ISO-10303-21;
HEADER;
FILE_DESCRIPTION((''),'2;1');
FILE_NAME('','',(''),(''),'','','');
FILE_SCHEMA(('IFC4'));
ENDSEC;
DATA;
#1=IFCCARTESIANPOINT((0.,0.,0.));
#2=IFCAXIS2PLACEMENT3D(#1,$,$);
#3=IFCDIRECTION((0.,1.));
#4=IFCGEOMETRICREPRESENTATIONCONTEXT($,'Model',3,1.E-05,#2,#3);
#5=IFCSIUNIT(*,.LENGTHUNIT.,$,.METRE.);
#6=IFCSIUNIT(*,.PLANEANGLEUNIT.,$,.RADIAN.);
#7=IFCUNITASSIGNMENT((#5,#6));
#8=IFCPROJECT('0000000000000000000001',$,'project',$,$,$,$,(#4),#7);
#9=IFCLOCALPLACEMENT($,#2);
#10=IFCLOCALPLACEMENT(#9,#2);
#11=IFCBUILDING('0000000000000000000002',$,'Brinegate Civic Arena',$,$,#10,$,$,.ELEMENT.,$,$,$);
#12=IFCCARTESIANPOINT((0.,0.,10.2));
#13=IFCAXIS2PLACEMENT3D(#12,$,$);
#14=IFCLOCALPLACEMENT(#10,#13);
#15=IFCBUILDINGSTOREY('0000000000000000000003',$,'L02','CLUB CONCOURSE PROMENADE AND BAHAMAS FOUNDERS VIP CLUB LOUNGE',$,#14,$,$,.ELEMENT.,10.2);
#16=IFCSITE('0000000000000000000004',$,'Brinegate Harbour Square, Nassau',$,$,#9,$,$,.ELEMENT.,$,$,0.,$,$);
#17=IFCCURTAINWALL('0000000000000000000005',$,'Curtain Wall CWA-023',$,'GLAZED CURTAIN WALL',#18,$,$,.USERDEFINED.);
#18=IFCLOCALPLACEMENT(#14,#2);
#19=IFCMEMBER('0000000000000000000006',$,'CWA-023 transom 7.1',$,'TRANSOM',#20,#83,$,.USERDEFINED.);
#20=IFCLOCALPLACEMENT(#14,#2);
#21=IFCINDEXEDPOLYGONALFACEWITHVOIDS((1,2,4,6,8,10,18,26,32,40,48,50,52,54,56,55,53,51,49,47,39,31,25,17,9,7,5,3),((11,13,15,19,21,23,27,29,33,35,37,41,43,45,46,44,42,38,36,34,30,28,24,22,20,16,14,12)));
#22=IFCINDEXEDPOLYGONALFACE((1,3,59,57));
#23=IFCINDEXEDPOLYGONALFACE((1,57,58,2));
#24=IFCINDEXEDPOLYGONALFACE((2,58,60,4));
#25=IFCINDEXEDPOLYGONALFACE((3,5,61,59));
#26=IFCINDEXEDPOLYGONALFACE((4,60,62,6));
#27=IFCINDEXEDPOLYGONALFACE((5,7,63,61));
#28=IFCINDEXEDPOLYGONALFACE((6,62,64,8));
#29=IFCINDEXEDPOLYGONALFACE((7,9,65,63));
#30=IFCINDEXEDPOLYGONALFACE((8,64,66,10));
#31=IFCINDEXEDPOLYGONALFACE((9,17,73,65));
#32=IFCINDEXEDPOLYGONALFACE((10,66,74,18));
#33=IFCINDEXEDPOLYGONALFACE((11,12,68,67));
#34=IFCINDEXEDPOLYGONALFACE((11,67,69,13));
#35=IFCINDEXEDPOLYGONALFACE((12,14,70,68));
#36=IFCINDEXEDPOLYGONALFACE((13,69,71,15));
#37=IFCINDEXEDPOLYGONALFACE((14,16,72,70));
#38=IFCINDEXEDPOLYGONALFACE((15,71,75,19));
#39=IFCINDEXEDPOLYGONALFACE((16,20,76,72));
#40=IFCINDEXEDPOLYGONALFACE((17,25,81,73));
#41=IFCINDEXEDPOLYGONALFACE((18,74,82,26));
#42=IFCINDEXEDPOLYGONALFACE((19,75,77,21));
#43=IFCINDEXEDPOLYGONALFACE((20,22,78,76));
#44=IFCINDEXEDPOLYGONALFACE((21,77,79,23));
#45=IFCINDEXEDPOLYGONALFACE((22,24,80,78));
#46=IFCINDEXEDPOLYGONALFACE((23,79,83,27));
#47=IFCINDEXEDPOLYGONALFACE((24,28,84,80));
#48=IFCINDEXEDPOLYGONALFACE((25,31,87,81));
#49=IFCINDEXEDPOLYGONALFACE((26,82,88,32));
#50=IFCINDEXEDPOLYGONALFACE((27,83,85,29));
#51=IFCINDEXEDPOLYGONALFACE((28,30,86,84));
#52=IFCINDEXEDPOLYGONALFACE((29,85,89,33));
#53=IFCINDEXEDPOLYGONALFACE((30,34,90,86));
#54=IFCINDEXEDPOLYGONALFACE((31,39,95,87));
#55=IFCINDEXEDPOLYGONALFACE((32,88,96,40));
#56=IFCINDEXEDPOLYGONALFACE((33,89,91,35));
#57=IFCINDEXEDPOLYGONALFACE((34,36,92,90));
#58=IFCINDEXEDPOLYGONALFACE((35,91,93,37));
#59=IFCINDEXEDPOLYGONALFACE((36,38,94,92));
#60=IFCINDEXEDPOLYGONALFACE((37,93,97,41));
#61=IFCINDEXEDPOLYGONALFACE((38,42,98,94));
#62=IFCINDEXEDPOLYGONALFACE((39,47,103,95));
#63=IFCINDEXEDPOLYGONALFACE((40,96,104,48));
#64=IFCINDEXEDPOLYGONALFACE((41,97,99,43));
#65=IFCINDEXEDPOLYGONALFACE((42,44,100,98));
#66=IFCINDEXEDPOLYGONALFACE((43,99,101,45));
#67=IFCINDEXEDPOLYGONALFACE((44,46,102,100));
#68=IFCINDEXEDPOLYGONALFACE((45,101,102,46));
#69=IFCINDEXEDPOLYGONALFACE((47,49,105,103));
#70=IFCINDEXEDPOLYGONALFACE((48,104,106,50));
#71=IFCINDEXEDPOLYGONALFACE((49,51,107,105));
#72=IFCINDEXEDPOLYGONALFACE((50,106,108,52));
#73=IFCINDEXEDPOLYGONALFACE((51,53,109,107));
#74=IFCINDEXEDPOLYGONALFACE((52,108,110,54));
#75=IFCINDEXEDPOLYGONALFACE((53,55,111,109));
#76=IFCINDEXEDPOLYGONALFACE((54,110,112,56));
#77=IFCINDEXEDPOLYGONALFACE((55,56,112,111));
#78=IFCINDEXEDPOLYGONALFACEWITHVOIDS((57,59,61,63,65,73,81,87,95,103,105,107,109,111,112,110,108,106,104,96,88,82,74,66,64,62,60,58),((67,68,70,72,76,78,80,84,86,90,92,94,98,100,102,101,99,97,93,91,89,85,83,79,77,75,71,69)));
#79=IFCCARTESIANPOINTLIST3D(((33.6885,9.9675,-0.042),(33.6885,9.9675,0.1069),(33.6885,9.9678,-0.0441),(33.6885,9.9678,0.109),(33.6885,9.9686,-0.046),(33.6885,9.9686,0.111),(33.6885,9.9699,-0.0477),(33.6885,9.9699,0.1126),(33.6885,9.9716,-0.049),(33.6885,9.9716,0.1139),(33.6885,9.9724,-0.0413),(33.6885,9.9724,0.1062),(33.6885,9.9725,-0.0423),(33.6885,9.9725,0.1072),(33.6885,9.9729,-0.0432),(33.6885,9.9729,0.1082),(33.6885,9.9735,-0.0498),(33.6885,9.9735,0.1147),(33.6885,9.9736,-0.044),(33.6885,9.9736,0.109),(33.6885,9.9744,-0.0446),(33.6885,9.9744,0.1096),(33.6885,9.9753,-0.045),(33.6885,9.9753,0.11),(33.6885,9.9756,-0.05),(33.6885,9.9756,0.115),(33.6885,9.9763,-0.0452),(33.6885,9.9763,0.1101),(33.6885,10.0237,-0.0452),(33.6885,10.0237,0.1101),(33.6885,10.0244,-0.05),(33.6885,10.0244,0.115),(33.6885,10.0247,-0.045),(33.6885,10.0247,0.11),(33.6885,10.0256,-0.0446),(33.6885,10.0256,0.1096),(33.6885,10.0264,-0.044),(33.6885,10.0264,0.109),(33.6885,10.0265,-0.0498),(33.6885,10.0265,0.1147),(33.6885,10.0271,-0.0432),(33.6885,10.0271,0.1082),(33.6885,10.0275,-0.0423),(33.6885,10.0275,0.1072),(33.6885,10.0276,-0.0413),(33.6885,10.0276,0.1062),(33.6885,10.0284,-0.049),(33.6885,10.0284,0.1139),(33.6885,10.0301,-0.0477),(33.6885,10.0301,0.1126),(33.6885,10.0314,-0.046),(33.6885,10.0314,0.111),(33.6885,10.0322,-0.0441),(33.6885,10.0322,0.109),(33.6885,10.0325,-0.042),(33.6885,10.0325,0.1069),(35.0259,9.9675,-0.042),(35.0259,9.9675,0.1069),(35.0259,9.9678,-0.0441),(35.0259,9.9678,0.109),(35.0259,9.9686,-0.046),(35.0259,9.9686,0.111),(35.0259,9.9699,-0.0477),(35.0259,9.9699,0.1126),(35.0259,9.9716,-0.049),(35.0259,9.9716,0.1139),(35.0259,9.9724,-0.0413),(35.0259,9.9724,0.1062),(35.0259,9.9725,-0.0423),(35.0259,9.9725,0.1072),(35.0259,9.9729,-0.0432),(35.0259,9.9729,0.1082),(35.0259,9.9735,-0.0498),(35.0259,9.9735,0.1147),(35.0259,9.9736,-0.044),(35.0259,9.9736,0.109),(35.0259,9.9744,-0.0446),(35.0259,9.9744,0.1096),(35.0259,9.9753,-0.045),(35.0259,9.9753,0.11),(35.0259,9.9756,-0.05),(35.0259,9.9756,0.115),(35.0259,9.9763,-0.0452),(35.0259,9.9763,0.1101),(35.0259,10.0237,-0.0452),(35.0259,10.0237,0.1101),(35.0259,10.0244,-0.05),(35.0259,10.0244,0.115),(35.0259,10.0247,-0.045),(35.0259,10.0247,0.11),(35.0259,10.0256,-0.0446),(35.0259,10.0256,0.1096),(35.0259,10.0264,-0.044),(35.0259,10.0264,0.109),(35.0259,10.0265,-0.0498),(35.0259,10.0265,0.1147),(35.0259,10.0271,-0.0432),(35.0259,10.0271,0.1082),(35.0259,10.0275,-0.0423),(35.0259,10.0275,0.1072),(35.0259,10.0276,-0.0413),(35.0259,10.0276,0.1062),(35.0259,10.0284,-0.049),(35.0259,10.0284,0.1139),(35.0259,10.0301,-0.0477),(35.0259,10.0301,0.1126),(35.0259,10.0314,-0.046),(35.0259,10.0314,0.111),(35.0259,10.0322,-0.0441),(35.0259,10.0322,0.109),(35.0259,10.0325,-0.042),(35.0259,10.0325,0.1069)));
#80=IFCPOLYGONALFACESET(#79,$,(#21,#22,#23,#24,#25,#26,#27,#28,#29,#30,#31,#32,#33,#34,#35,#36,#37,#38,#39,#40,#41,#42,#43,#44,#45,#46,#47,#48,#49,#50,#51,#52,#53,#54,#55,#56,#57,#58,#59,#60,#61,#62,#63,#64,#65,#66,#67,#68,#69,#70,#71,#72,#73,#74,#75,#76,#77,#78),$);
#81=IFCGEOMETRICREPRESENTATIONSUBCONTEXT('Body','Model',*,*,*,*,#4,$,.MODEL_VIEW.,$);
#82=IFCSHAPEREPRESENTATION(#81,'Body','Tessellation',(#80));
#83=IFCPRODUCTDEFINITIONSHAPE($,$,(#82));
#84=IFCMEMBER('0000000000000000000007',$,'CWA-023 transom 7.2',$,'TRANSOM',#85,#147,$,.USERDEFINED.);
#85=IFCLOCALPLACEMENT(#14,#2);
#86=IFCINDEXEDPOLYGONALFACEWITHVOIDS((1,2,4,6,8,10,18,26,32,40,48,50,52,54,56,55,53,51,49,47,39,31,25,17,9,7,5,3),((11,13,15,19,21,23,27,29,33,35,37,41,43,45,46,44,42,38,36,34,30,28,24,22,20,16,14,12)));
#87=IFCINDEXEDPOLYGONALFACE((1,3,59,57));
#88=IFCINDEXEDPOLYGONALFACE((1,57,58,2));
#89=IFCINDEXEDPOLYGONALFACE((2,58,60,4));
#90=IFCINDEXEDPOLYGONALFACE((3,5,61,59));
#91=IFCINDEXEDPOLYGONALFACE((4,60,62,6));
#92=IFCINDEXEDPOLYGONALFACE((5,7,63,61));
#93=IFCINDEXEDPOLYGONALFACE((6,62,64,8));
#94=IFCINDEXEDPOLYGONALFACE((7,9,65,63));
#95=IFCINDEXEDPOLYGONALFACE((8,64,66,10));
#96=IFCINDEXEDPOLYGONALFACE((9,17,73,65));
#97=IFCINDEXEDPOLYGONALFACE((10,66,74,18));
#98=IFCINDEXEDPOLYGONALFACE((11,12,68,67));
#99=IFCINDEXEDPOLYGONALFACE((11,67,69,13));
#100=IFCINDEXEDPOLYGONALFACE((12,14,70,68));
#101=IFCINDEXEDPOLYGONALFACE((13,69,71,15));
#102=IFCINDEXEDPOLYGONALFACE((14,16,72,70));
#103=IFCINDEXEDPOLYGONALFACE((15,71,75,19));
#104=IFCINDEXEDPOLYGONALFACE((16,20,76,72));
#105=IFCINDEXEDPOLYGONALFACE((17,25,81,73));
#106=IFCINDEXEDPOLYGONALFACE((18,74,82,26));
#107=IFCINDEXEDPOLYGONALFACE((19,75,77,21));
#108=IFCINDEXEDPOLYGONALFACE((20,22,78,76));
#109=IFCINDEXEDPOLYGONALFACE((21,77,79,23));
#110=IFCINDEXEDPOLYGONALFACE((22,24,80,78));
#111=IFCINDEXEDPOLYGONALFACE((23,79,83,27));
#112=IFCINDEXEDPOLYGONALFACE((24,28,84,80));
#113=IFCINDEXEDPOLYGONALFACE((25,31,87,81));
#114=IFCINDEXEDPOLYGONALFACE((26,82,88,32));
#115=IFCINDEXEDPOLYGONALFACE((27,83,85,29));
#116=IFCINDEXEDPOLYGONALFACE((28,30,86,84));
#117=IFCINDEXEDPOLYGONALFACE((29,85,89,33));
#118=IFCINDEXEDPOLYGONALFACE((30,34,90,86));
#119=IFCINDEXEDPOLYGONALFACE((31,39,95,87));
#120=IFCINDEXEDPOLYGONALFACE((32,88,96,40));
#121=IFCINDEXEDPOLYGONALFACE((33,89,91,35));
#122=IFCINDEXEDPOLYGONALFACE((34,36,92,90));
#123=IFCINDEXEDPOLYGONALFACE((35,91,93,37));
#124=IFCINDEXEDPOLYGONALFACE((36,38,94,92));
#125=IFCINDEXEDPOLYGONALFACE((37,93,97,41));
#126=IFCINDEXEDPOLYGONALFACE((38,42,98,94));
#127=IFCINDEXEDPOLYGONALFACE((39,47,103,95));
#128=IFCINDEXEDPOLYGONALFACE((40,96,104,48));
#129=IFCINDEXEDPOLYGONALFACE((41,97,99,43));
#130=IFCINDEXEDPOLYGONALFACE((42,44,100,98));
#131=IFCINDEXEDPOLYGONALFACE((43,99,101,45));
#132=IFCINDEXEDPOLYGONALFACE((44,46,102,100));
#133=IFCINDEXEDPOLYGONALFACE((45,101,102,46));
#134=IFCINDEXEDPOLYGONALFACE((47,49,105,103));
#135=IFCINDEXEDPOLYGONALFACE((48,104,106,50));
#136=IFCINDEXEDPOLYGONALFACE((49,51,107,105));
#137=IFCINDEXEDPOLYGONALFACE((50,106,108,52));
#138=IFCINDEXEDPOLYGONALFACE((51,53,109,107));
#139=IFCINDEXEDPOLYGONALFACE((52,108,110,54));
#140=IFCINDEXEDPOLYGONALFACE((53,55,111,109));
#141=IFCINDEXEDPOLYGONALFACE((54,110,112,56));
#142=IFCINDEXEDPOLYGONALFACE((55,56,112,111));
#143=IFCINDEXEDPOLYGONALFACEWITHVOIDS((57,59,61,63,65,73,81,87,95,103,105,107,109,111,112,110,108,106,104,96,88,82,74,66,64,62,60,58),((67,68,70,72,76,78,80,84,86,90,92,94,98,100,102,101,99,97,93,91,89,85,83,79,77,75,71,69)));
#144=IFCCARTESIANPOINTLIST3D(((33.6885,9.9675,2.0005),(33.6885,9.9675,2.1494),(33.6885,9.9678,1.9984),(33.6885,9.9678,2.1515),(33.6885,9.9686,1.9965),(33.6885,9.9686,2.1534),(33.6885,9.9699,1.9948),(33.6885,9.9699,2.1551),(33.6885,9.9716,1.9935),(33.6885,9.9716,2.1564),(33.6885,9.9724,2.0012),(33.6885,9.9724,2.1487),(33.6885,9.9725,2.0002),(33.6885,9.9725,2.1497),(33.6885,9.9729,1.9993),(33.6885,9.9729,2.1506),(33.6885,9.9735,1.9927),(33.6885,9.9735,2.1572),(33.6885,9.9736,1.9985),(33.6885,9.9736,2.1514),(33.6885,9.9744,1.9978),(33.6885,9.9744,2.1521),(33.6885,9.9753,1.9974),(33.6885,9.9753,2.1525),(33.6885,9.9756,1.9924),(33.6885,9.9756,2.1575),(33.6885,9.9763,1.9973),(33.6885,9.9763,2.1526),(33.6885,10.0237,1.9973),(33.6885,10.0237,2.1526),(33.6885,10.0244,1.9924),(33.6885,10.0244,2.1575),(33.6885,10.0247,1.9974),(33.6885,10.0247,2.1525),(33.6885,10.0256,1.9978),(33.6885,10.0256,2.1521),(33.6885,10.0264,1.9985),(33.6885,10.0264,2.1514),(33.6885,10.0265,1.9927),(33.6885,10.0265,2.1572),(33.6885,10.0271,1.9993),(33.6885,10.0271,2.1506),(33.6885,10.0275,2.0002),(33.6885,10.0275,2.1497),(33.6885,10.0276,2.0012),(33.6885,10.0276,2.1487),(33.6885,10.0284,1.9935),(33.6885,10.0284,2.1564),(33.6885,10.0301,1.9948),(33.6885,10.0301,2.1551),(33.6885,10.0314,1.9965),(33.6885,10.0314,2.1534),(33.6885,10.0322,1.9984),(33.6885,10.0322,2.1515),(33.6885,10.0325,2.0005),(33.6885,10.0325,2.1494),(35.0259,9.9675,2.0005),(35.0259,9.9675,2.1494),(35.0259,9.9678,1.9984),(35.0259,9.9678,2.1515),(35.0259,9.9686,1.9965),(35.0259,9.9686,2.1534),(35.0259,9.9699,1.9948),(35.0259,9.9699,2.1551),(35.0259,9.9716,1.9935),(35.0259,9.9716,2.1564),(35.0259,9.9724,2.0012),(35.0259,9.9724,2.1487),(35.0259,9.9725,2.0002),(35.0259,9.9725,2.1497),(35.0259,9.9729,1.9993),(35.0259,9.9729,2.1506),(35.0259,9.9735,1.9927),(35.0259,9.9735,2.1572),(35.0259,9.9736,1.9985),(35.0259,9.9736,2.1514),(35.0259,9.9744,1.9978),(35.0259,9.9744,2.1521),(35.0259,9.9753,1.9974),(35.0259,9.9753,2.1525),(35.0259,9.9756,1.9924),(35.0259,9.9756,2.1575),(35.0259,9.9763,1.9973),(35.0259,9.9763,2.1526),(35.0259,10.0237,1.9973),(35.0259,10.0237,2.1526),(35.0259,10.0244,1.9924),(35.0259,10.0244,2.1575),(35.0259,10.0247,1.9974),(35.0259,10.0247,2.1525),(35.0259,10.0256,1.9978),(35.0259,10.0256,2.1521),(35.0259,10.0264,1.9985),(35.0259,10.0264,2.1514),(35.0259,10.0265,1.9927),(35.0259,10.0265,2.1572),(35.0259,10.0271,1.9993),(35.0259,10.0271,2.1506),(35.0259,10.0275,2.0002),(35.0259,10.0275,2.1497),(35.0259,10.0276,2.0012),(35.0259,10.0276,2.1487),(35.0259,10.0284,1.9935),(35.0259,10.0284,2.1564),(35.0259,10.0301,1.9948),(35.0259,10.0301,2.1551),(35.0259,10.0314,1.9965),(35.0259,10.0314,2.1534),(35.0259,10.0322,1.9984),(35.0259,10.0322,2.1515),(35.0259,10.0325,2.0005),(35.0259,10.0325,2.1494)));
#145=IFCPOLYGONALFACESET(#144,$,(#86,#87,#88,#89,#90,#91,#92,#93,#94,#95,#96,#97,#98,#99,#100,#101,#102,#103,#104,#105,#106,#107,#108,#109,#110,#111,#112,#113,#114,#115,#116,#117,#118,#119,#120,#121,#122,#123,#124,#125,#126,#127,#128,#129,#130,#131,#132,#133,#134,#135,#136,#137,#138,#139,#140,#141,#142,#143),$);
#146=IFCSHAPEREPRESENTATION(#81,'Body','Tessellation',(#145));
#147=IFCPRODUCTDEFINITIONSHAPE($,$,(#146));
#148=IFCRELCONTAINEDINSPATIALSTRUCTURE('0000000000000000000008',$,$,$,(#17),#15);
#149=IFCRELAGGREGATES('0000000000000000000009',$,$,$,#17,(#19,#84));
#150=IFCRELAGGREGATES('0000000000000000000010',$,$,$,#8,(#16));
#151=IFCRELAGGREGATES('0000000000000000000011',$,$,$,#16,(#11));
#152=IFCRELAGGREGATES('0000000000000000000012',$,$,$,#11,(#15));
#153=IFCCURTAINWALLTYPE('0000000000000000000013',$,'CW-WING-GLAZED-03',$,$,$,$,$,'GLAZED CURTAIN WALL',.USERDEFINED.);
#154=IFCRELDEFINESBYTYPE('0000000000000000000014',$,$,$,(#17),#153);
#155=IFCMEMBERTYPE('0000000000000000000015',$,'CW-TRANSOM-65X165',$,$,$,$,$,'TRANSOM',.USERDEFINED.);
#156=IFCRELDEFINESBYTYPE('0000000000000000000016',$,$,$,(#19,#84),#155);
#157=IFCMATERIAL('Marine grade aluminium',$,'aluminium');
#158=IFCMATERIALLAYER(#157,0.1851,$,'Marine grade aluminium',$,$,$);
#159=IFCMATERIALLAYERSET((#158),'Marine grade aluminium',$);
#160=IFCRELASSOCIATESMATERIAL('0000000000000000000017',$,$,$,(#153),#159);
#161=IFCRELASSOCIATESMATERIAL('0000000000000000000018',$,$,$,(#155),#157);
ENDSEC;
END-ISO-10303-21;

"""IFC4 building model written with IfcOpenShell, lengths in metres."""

from ifc_helpers import new_model, si_unit, direction, frame, origin, origin_2d, place, context, subcontext, project, spatial, hollow_rectangle, extrude, material, layer, layer_set, material_profile, profile_set, type_object, element, aggregate, save


model = new_model("IFC4")

# Units and contexts
model_context = context("Model", 3, precision=1e-05, world=origin(), true_north=direction((0.0, 1.0)))
body_context = subcontext(model_context, "Body", "Model", "MODEL_VIEW")
ifc_project = project(units=[si_unit("LENGTHUNIT", "METRE"), si_unit("PLANEANGLEUNIT", "RADIAN")], contexts=[model_context])

# Site, building, storey
site_placement = place(None, origin())
site = spatial("IfcSite", under=ifc_project, at=site_placement, Name="Brinegate Harbour Square, Nassau", CompositionType="ELEMENT", RefElevation=0.0)
building_placement = place(site_placement, origin())
building = spatial("IfcBuilding", under=site, at=building_placement, Name="Brinegate Civic Arena", CompositionType="ELEMENT")
storey_placement = place(building_placement, frame((0.0, 0.0, 10.2)))
storey = spatial("IfcBuildingStorey", under=building, at=storey_placement, Name="L02", Description="CLUB CONCOURSE PROMENADE AND BAHAMAS FOUNDERS VIP CLUB LOUNGE", CompositionType="ELEMENT", Elevation=10.2)

# Curtain wall
ifc_material_1 = material(Name="Marine grade aluminium", Category="aluminium")
ifc_layer_1 = layer(ifc_material_1, 0.1851, Name="Marine grade aluminium")
ifc_layer_set_1 = layer_set([ifc_layer_1], Name="Marine grade aluminium")
curtain_wall_type = type_object("IfcCurtainWallType", Name="CW-WING-GLAZED-03", ElementType="GLAZED CURTAIN WALL", PredefinedType="USERDEFINED", material=ifc_layer_set_1)
curtain_wall_1_placement = place(storey_placement, origin())
curtain_wall_1 = element("IfcCurtainWall", 1, at=curtain_wall_1_placement, inside=storey, type_object=curtain_wall_type, Name="Curtain Wall CWA-023", ObjectType="GLAZED CURTAIN WALL", PredefinedType="USERDEFINED")

# Members
ifc_material_profile_1 = material_profile(ifc_material_1, hollow_rectangle(XDim=0.0649, YDim=0.165, WallThickness=0.0049, InnerFilletRadius=0.0039, OuterFilletRadius=0.0081, at=origin_2d()), Name="TRN65X165")
ifc_profile_set_1 = profile_set([ifc_material_profile_1], Name="Marine grade aluminium")
member_type_1 = type_object("IfcMemberType", Name="CW-TRANSOM-65X165", ElementType="TRANSOM", PredefinedType="USERDEFINED", material=ifc_profile_set_1)
member_1_placement = place(storey_placement, frame((33.6885, 10.0, 0.0325), z_axis=(1.0, 0.0, 0.0), x_axis=(0.0, 1.0, 0.0)))
member_1 = element("IfcMember", 2, at=member_1_placement, type_object=member_type_1, Name="CWA-023 transom 7.1", ObjectType="TRANSOM", PredefinedType="USERDEFINED", context=body_context, shape_type="SweptSolid", body=[
    extrude(hollow_rectangle(XDim=0.0649, YDim=0.165, WallThickness=0.0049, InnerFilletRadius=0.0039, OuterFilletRadius=0.0081, at=origin_2d()), origin(), (0.0, 0.0, 1.0), 1.3374),
])
member_2_placement = place(storey_placement, frame((33.6885, 10.0, 2.075), z_axis=(1.0, 0.0, 0.0), x_axis=(0.0, 1.0, 0.0)))
member_2 = element("IfcMember", 3, at=member_2_placement, type_object=member_type_1, Name="CWA-023 transom 7.2", ObjectType="TRANSOM", PredefinedType="USERDEFINED", context=body_context, shape_type="SweptSolid", body=[
    extrude(hollow_rectangle(XDim=0.0649, YDim=0.165, WallThickness=0.0049, InnerFilletRadius=0.0039, OuterFilletRadius=0.0081, at=origin_2d()), origin(), (0.0, 0.0, 1.0), 1.3374),
])

aggregate(curtain_wall_1, [member_1, member_2])

save(model, "model.ifc")
